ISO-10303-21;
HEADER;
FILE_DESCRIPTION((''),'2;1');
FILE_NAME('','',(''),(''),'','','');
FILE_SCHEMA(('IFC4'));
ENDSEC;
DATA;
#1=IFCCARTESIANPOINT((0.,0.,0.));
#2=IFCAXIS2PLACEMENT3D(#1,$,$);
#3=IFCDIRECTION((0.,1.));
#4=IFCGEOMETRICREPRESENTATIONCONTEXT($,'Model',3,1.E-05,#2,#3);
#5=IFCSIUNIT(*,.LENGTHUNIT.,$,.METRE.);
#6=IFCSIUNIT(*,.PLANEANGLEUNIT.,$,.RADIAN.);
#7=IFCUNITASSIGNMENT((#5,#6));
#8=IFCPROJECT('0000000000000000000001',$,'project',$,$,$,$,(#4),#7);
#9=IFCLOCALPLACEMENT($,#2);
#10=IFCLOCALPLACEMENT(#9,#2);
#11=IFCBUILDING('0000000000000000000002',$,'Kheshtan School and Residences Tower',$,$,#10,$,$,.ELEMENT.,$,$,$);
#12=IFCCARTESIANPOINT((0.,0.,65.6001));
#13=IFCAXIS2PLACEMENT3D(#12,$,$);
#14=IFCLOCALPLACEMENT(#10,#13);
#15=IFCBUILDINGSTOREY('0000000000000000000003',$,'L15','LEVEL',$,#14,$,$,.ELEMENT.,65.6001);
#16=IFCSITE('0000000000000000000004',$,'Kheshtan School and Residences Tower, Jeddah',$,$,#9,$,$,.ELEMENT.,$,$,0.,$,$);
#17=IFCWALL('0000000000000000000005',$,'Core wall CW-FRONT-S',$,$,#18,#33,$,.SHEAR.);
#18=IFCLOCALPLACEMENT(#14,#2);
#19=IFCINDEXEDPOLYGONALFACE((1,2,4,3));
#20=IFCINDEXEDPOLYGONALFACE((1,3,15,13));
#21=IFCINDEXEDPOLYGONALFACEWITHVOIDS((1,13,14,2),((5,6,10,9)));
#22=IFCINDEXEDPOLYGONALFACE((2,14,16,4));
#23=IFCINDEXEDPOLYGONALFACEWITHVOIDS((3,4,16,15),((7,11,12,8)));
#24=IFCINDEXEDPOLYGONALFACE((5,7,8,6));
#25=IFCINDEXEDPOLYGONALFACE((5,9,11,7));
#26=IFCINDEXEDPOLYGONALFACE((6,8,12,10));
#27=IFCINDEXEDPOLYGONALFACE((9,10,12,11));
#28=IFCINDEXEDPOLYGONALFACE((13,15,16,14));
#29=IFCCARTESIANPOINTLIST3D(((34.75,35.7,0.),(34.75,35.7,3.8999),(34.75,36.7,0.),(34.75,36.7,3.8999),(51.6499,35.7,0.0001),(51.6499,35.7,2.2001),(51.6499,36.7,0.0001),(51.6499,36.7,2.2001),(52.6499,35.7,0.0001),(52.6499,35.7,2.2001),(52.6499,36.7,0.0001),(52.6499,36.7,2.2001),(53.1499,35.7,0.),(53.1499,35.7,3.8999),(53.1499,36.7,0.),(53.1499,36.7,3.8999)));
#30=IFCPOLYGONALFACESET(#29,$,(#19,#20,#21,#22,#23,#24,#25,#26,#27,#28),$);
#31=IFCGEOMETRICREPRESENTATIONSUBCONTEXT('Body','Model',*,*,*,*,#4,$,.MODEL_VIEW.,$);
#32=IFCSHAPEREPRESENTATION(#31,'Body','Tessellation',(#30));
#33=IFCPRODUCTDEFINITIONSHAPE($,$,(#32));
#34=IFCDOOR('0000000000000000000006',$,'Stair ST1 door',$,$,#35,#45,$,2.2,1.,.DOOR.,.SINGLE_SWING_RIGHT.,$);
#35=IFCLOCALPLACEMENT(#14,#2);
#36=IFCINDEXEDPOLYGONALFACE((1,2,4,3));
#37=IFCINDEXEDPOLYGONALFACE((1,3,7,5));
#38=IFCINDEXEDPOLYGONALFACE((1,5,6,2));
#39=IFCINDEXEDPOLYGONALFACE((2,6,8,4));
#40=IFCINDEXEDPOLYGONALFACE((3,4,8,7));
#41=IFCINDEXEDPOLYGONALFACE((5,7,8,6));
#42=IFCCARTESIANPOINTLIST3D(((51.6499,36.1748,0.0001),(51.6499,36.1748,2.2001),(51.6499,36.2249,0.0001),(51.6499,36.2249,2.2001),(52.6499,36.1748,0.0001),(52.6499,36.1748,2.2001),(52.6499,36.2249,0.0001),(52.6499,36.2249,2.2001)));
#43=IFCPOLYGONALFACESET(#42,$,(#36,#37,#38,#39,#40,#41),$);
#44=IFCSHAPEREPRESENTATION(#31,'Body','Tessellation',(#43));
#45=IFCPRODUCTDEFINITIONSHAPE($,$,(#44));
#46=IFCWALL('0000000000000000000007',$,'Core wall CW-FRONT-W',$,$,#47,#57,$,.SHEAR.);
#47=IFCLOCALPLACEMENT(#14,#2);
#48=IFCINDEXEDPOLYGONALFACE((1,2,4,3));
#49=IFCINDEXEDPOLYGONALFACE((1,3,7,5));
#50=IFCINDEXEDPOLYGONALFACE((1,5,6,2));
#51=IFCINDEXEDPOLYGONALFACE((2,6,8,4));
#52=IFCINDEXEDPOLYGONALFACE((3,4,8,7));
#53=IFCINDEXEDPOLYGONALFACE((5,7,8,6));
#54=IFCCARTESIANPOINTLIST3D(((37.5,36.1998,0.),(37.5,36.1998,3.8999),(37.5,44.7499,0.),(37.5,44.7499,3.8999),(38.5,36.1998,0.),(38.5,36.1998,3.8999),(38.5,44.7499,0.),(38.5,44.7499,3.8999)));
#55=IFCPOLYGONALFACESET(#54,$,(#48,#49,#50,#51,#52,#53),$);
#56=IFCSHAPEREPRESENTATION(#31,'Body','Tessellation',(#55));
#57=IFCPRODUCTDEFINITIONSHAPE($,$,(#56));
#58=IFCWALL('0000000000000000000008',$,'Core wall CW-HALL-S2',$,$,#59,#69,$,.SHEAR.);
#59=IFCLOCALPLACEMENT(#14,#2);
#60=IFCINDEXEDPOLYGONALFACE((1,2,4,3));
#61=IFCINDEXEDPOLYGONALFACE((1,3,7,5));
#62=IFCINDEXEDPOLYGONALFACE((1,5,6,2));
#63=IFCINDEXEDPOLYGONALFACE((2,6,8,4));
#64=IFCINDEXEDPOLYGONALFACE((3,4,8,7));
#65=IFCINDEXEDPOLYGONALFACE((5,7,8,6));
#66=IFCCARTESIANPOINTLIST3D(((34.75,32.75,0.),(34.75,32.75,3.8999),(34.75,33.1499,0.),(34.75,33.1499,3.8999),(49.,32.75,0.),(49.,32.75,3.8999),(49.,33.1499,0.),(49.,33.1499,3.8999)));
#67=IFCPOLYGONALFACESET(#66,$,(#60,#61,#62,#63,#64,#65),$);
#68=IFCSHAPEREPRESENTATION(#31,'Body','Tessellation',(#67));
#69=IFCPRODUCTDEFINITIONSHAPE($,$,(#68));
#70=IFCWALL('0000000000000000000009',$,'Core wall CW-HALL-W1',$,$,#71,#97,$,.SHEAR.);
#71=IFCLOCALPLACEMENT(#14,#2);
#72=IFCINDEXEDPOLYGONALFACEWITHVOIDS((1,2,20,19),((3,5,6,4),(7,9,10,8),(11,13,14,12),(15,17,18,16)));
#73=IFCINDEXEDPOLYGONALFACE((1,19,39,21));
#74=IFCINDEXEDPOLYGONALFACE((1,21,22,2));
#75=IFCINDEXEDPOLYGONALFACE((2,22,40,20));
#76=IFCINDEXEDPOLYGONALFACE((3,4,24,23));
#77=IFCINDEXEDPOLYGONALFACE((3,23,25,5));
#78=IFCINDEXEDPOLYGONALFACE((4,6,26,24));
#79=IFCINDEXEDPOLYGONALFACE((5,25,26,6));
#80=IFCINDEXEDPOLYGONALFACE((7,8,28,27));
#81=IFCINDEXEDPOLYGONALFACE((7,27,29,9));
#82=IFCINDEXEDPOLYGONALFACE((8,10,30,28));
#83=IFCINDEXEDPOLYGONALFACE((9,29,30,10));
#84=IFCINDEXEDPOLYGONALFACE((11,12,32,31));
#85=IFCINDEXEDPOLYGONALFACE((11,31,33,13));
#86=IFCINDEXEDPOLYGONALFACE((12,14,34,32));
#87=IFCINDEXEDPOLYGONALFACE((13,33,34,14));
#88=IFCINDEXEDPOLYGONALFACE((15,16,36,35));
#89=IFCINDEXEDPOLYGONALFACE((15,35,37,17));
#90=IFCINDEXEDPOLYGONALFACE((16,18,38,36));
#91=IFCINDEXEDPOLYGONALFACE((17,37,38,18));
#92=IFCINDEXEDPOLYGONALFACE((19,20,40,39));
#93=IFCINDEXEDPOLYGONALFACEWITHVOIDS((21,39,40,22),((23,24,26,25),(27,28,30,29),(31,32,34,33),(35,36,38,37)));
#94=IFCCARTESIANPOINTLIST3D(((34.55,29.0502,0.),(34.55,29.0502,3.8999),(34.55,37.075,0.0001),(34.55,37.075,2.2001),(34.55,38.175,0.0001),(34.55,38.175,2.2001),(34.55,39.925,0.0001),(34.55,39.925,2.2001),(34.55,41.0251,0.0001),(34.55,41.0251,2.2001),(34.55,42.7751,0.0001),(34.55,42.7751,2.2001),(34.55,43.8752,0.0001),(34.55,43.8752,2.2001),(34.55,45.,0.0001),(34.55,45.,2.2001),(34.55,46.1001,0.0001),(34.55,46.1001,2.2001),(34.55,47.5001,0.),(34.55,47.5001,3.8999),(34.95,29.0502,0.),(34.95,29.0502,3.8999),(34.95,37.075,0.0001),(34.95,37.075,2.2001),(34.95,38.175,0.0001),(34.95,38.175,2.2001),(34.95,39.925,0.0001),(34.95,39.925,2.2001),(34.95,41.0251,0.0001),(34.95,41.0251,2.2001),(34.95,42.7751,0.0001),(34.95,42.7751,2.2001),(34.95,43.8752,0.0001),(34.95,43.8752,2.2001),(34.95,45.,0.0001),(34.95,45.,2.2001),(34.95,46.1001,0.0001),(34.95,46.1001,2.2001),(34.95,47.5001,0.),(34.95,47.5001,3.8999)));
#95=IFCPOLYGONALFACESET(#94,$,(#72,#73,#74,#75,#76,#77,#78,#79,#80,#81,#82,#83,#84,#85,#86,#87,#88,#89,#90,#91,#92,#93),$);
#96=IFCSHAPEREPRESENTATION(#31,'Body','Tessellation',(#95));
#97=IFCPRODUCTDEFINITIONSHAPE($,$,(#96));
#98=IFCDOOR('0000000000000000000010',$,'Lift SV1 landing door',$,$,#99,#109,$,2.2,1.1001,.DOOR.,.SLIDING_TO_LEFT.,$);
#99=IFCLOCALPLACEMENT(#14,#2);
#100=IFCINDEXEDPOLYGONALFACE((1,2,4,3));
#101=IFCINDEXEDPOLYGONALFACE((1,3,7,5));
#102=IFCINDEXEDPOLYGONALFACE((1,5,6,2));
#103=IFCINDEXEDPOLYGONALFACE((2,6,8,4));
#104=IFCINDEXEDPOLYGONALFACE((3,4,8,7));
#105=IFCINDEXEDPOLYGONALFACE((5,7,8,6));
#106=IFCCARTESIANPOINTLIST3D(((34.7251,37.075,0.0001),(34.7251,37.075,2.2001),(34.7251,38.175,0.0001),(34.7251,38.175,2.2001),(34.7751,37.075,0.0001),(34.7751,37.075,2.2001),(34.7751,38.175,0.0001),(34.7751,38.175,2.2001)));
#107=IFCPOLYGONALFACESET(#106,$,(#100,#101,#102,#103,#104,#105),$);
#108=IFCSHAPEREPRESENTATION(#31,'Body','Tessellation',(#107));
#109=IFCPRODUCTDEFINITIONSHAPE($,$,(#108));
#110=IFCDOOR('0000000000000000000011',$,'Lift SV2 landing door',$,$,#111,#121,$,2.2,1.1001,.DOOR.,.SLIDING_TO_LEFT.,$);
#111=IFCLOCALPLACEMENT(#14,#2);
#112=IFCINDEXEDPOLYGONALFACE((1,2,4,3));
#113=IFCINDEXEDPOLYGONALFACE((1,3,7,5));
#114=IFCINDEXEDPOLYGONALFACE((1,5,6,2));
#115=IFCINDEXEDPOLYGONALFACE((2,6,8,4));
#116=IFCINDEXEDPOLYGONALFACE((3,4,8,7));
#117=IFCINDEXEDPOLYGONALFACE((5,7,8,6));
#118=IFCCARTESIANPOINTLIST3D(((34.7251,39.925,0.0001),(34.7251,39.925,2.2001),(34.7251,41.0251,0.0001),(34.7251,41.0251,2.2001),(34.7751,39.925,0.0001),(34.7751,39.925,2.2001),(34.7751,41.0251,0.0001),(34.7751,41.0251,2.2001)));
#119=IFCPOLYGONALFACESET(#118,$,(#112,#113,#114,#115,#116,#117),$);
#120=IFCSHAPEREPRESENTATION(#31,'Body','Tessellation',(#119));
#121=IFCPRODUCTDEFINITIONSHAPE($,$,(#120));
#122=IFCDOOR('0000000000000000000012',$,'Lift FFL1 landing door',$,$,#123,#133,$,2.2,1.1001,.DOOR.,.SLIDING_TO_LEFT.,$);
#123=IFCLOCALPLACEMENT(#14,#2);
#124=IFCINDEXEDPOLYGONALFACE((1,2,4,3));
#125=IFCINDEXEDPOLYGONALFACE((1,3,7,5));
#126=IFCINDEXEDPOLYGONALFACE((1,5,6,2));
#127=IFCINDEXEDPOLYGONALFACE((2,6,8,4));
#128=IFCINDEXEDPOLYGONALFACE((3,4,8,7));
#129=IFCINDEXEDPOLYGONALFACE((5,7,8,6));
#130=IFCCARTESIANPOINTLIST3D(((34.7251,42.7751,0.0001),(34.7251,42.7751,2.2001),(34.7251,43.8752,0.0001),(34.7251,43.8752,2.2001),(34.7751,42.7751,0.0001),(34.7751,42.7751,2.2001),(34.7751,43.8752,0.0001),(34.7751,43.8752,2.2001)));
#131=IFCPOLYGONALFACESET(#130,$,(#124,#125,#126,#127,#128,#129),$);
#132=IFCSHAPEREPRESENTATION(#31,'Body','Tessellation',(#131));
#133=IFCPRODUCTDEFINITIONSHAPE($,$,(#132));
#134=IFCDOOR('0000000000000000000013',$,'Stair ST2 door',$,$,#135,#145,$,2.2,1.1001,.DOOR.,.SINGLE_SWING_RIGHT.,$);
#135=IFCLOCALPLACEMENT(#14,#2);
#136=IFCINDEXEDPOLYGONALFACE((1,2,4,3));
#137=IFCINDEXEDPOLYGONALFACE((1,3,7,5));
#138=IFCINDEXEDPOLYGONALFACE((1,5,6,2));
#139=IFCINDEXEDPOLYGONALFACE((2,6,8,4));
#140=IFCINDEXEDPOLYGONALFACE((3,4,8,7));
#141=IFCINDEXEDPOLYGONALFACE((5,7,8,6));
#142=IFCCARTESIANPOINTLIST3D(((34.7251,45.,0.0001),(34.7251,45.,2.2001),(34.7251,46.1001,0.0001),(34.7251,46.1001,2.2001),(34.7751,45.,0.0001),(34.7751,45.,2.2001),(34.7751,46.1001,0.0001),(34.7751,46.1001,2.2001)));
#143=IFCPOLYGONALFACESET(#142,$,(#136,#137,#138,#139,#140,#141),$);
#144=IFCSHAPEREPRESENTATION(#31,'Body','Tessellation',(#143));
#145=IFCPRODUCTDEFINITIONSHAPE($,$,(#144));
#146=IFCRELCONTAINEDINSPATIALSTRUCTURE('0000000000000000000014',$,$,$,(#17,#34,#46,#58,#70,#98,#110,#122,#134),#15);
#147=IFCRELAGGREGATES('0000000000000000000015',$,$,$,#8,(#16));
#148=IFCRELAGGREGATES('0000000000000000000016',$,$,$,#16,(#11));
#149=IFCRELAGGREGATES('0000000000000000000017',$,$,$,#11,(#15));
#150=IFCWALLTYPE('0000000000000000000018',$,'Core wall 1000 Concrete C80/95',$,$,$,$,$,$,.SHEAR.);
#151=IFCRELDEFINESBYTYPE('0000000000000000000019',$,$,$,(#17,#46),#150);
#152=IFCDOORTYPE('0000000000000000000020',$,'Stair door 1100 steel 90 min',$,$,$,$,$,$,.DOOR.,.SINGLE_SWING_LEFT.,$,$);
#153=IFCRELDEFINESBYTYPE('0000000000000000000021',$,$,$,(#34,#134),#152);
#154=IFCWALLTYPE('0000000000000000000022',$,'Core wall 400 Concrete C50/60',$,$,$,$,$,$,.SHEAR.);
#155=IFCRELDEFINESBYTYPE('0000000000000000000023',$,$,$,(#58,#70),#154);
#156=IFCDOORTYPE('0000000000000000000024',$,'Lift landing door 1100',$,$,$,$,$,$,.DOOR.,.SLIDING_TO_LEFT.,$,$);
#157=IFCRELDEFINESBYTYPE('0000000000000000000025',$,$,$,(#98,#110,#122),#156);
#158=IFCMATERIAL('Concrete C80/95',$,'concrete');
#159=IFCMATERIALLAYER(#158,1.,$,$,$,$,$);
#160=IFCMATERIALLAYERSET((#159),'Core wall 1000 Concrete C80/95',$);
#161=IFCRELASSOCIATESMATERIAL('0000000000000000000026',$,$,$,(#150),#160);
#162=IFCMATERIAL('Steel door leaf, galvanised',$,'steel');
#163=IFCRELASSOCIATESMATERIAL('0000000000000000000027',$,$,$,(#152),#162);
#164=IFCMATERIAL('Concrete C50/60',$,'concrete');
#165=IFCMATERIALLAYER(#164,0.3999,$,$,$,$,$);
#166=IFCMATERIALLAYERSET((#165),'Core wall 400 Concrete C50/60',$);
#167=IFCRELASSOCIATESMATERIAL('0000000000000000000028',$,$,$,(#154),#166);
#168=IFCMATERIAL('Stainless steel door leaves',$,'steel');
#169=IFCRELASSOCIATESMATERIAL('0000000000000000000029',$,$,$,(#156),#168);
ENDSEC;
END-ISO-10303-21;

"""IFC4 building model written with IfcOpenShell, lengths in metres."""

from ifc_helpers import new_model, si_unit, direction, frame, frame_2d, origin, place, context, subcontext, project, spatial, rectangle, extrude, source, transform, mapped, material, layer, layer_set, type_object, element, fill, save


model = new_model("IFC4")

# Units and contexts
model_context = context("Model", 3, precision=1e-05, world=origin(), true_north=direction((0.0, 1.0)))
body_context = subcontext(model_context, "Body", "Model", "MODEL_VIEW")
ifc_project = project(units=[si_unit("LENGTHUNIT", "METRE"), si_unit("PLANEANGLEUNIT", "RADIAN")], contexts=[model_context])

# Site, building, storey
site_placement = place(None, origin())
site = spatial("IfcSite", under=ifc_project, at=site_placement, Name="Kheshtan School and Residences Tower, Jeddah", CompositionType="ELEMENT", RefElevation=0.0)
building_placement = place(site_placement, origin())
building = spatial("IfcBuilding", under=site, at=building_placement, Name="Kheshtan School and Residences Tower", CompositionType="ELEMENT")
storey_placement = place(building_placement, frame((0.0, 0.0, 65.6001)))
storey = spatial("IfcBuildingStorey", under=building, at=storey_placement, Name="L15", Description="LEVEL", CompositionType="ELEMENT", Elevation=65.6001)

# Wall, opening, door
ifc_material_1 = material(Name="Concrete C80/95", Category="concrete")
ifc_layer_1 = layer(ifc_material_1, 1.0)
ifc_layer_set_1 = layer_set([ifc_layer_1], Name="Core wall 1000 Concrete C80/95")
wall_type_1 = type_object("IfcWallType", Name="Core wall 1000 Concrete C80/95", PredefinedType="SHEAR", material=ifc_layer_set_1)
wall_1_placement = place(storey_placement, frame((34.75, 36.2, 0.0), z_axis=(0.0, 0.0, 1.0), x_axis=(1.0, 0.0, 0.0)))
wall_1 = element("IfcWall", 1, at=wall_1_placement, inside=storey, type_object=wall_type_1, Name="Core wall CW-FRONT-S", PredefinedType="SHEAR", context=body_context, shape_type="SweptSolid", body=[
    extrude(rectangle(XDim=18.3999, YDim=1.0, at=frame_2d((9.2, 0.0))), origin(), (0.0, 0.0, 1.0), 3.8999),
])
opening_1_placement = place(wall_1_placement, frame((16.8999, 0.0, 0.0)))
opening_1 = element("IfcOpeningElement", 2, at=opening_1_placement, cuts=wall_1, PredefinedType="OPENING", context=body_context, shape_type="SweptSolid", body=[
    extrude(rectangle(XDim=1.0, YDim=2.2, at=frame_2d((0.5, 1.1001))), frame((0.0, 0.51, 0.0), z_axis=(0.0, -1.0, 0.0), x_axis=(1.0, 0.0, 0.0)), (0.0, 0.0, 1.0), 1.02),
])
ifc_material_2 = material(Name="Steel door leaf, galvanised", Category="steel")
door_type_1 = type_object("IfcDoorType", Name="Stair door 1100 steel 90 min", OperationType="SINGLE_SWING_LEFT", PredefinedType="DOOR", material=ifc_material_2)
shared_shape_1 = source(origin(), body_context, "Body", "SweptSolid", [
    extrude(rectangle(XDim=1.0, YDim=2.2, at=frame_2d((0.5, 1.1001))), frame((0.0, 0.0249, 0.0), z_axis=(0.0, -1.0, 0.0), x_axis=(1.0, 0.0, 0.0)), (0.0, 0.0, 1.0), 0.05),
])
door_1_placement = place(opening_1_placement, origin())
door_1 = element("IfcDoor", 3, at=door_1_placement, inside=storey, type_object=door_type_1, Name="Stair ST1 door", OperationType="SINGLE_SWING_RIGHT", OverallHeight=2.2, OverallWidth=1.0, PredefinedType="DOOR", context=body_context, shape_type="MappedRepresentation", body=[
    mapped(shared_shape_1, transform((0.0, 0.0, 0.0), x_axis=(1.0, 0.0, 0.0), y_axis=(0.0, 1.0, 0.0), z_axis=(0.0, 0.0, 1.0), scale=1.0)),
])
fill(opening_1, door_1)

# Walls
wall_2_placement = place(storey_placement, frame((38.0, 36.2, 0.0), z_axis=(0.0, 0.0, 1.0), x_axis=(0.0, 1.0, 0.0)))
element("IfcWall", 4, at=wall_2_placement, inside=storey, type_object=wall_type_1, Name="Core wall CW-FRONT-W", PredefinedType="SHEAR", context=body_context, shape_type="SweptSolid", body=[
    extrude(rectangle(XDim=8.55, YDim=1.0, at=frame_2d((4.2749, 0.0))), origin(), (0.0, 0.0, 1.0), 3.8999),
])
ifc_material_3 = material(Name="Concrete C50/60", Category="concrete")
ifc_layer_2 = layer(ifc_material_3, 0.3999)
ifc_layer_set_2 = layer_set([ifc_layer_2], Name="Core wall 400 Concrete C50/60")
wall_type_2 = type_object("IfcWallType", Name="Core wall 400 Concrete C50/60", PredefinedType="SHEAR", material=ifc_layer_set_2)
wall_3_placement = place(storey_placement, frame((34.75, 32.95, 0.0), z_axis=(0.0, 0.0, 1.0), x_axis=(1.0, 0.0, 0.0)))
element("IfcWall", 5, at=wall_3_placement, inside=storey, type_object=wall_type_2, Name="Core wall CW-HALL-S2", PredefinedType="SHEAR", context=body_context, shape_type="SweptSolid", body=[
    extrude(rectangle(XDim=14.25, YDim=0.3999, at=frame_2d((7.125, 0.0))), origin(), (0.0, 0.0, 1.0), 3.8999),
])

# Wall, openings, doors
wall_4_placement = place(storey_placement, frame((34.75, 29.05, 0.0), z_axis=(0.0, 0.0, 1.0), x_axis=(0.0, 1.0, 0.0)))
wall_4 = element("IfcWall", 6, at=wall_4_placement, inside=storey, type_object=wall_type_2, Name="Core wall CW-HALL-W1", PredefinedType="SHEAR", context=body_context, shape_type="SweptSolid", body=[
    extrude(rectangle(XDim=18.45, YDim=0.3999, at=frame_2d((9.2251, 0.0))), origin(), (0.0, 0.0, 1.0), 3.8999),
])
opening_2_placement = place(wall_4_placement, frame((8.0249, 0.0, 0.0)))
opening_2 = element("IfcOpeningElement", 7, at=opening_2_placement, cuts=wall_4, PredefinedType="OPENING", context=body_context, shape_type="SweptSolid", body=[
    extrude(rectangle(XDim=1.1001, YDim=2.2, at=frame_2d((0.55, 1.1001))), frame((0.0, 0.21, 0.0), z_axis=(0.0, -1.0, 0.0), x_axis=(1.0, 0.0, 0.0)), (0.0, 0.0, 1.0), 0.4199),
])
opening_3_placement = place(wall_4_placement, frame((10.875, 0.0, 0.0)))
opening_3 = element("IfcOpeningElement", 8, at=opening_3_placement, cuts=wall_4, PredefinedType="OPENING", context=body_context, shape_type="SweptSolid", body=[
    extrude(rectangle(XDim=1.1001, YDim=2.2, at=frame_2d((0.55, 1.1001))), frame((0.0, 0.21, 0.0), z_axis=(0.0, -1.0, 0.0), x_axis=(1.0, 0.0, 0.0)), (0.0, 0.0, 1.0), 0.4199),
])
opening_4_placement = place(wall_4_placement, frame((13.7251, 0.0, 0.0)))
opening_4 = element("IfcOpeningElement", 9, at=opening_4_placement, cuts=wall_4, PredefinedType="OPENING", context=body_context, shape_type="SweptSolid", body=[
    extrude(rectangle(XDim=1.1001, YDim=2.2, at=frame_2d((0.55, 1.1001))), frame((0.0, 0.21, 0.0), z_axis=(0.0, -1.0, 0.0), x_axis=(1.0, 0.0, 0.0)), (0.0, 0.0, 1.0), 0.4199),
])
opening_5_placement = place(wall_4_placement, frame((15.95, 0.0, 0.0)))
opening_5 = element("IfcOpeningElement", 10, at=opening_5_placement, cuts=wall_4, PredefinedType="OPENING", context=body_context, shape_type="SweptSolid", body=[
    extrude(rectangle(XDim=1.1001, YDim=2.2, at=frame_2d((0.55, 1.1001))), frame((0.0, 0.21, 0.0), z_axis=(0.0, -1.0, 0.0), x_axis=(1.0, 0.0, 0.0)), (0.0, 0.0, 1.0), 0.4199),
])
ifc_material_4 = material(Name="Stainless steel door leaves", Category="steel")
door_type_2 = type_object("IfcDoorType", Name="Lift landing door 1100", OperationType="SLIDING_TO_LEFT", PredefinedType="DOOR", material=ifc_material_4)
shared_shape_2 = source(origin(), body_context, "Body", "SweptSolid", [
    extrude(rectangle(XDim=1.1001, YDim=2.2, at=frame_2d((0.55, 1.1001))), frame((0.0, 0.0249, 0.0), z_axis=(0.0, -1.0, 0.0), x_axis=(1.0, 0.0, 0.0)), (0.0, 0.0, 1.0), 0.05),
])
door_2_placement = place(opening_2_placement, origin())
door_2 = element("IfcDoor", 11, at=door_2_placement, inside=storey, type_object=door_type_2, Name="Lift SV1 landing door", OperationType="SLIDING_TO_LEFT", OverallHeight=2.2, OverallWidth=1.1001, PredefinedType="DOOR", context=body_context, shape_type="MappedRepresentation", body=[
    mapped(shared_shape_2, transform((0.0, 0.0, 0.0), x_axis=(1.0, 0.0, 0.0), y_axis=(0.0, 1.0, 0.0), z_axis=(0.0, 0.0, 1.0), scale=1.0)),
])
fill(opening_2, door_2)
door_3_placement = place(opening_3_placement, origin())
door_3 = element("IfcDoor", 12, at=door_3_placement, inside=storey, type_object=door_type_2, Name="Lift SV2 landing door", OperationType="SLIDING_TO_LEFT", OverallHeight=2.2, OverallWidth=1.1001, PredefinedType="DOOR", context=body_context, shape_type="MappedRepresentation", body=[
    mapped(shared_shape_2, transform((0.0, 0.0, 0.0), x_axis=(1.0, 0.0, 0.0), y_axis=(0.0, 1.0, 0.0), z_axis=(0.0, 0.0, 1.0), scale=1.0)),
])
fill(opening_3, door_3)
door_4_placement = place(opening_4_placement, origin())
door_4 = element("IfcDoor", 13, at=door_4_placement, inside=storey, type_object=door_type_2, Name="Lift FFL1 landing door", OperationType="SLIDING_TO_LEFT", OverallHeight=2.2, OverallWidth=1.1001, PredefinedType="DOOR", context=body_context, shape_type="MappedRepresentation", body=[
    mapped(shared_shape_2, transform((0.0, 0.0, 0.0), x_axis=(1.0, 0.0, 0.0), y_axis=(0.0, 1.0, 0.0), z_axis=(0.0, 0.0, 1.0), scale=1.0)),
])
fill(opening_4, door_4)
shared_shape_3 = source(origin(), body_context, "Body", "SweptSolid", [
    extrude(rectangle(XDim=1.1001, YDim=2.2, at=frame_2d((0.55, 1.1001))), frame((0.0, 0.0249, 0.0), z_axis=(0.0, -1.0, 0.0), x_axis=(1.0, 0.0, 0.0)), (0.0, 0.0, 1.0), 0.05),
])
door_5_placement = place(opening_5_placement, origin())
door_5 = element("IfcDoor", 14, at=door_5_placement, inside=storey, type_object=door_type_1, Name="Stair ST2 door", OperationType="SINGLE_SWING_RIGHT", OverallHeight=2.2, OverallWidth=1.1001, PredefinedType="DOOR", context=body_context, shape_type="MappedRepresentation", body=[
    mapped(shared_shape_3, transform((0.0, 0.0, 0.0), x_axis=(1.0, 0.0, 0.0), y_axis=(0.0, 1.0, 0.0), z_axis=(0.0, 0.0, 1.0), scale=1.0)),
])
fill(opening_5, door_5)

save(model, "model.ifc")
